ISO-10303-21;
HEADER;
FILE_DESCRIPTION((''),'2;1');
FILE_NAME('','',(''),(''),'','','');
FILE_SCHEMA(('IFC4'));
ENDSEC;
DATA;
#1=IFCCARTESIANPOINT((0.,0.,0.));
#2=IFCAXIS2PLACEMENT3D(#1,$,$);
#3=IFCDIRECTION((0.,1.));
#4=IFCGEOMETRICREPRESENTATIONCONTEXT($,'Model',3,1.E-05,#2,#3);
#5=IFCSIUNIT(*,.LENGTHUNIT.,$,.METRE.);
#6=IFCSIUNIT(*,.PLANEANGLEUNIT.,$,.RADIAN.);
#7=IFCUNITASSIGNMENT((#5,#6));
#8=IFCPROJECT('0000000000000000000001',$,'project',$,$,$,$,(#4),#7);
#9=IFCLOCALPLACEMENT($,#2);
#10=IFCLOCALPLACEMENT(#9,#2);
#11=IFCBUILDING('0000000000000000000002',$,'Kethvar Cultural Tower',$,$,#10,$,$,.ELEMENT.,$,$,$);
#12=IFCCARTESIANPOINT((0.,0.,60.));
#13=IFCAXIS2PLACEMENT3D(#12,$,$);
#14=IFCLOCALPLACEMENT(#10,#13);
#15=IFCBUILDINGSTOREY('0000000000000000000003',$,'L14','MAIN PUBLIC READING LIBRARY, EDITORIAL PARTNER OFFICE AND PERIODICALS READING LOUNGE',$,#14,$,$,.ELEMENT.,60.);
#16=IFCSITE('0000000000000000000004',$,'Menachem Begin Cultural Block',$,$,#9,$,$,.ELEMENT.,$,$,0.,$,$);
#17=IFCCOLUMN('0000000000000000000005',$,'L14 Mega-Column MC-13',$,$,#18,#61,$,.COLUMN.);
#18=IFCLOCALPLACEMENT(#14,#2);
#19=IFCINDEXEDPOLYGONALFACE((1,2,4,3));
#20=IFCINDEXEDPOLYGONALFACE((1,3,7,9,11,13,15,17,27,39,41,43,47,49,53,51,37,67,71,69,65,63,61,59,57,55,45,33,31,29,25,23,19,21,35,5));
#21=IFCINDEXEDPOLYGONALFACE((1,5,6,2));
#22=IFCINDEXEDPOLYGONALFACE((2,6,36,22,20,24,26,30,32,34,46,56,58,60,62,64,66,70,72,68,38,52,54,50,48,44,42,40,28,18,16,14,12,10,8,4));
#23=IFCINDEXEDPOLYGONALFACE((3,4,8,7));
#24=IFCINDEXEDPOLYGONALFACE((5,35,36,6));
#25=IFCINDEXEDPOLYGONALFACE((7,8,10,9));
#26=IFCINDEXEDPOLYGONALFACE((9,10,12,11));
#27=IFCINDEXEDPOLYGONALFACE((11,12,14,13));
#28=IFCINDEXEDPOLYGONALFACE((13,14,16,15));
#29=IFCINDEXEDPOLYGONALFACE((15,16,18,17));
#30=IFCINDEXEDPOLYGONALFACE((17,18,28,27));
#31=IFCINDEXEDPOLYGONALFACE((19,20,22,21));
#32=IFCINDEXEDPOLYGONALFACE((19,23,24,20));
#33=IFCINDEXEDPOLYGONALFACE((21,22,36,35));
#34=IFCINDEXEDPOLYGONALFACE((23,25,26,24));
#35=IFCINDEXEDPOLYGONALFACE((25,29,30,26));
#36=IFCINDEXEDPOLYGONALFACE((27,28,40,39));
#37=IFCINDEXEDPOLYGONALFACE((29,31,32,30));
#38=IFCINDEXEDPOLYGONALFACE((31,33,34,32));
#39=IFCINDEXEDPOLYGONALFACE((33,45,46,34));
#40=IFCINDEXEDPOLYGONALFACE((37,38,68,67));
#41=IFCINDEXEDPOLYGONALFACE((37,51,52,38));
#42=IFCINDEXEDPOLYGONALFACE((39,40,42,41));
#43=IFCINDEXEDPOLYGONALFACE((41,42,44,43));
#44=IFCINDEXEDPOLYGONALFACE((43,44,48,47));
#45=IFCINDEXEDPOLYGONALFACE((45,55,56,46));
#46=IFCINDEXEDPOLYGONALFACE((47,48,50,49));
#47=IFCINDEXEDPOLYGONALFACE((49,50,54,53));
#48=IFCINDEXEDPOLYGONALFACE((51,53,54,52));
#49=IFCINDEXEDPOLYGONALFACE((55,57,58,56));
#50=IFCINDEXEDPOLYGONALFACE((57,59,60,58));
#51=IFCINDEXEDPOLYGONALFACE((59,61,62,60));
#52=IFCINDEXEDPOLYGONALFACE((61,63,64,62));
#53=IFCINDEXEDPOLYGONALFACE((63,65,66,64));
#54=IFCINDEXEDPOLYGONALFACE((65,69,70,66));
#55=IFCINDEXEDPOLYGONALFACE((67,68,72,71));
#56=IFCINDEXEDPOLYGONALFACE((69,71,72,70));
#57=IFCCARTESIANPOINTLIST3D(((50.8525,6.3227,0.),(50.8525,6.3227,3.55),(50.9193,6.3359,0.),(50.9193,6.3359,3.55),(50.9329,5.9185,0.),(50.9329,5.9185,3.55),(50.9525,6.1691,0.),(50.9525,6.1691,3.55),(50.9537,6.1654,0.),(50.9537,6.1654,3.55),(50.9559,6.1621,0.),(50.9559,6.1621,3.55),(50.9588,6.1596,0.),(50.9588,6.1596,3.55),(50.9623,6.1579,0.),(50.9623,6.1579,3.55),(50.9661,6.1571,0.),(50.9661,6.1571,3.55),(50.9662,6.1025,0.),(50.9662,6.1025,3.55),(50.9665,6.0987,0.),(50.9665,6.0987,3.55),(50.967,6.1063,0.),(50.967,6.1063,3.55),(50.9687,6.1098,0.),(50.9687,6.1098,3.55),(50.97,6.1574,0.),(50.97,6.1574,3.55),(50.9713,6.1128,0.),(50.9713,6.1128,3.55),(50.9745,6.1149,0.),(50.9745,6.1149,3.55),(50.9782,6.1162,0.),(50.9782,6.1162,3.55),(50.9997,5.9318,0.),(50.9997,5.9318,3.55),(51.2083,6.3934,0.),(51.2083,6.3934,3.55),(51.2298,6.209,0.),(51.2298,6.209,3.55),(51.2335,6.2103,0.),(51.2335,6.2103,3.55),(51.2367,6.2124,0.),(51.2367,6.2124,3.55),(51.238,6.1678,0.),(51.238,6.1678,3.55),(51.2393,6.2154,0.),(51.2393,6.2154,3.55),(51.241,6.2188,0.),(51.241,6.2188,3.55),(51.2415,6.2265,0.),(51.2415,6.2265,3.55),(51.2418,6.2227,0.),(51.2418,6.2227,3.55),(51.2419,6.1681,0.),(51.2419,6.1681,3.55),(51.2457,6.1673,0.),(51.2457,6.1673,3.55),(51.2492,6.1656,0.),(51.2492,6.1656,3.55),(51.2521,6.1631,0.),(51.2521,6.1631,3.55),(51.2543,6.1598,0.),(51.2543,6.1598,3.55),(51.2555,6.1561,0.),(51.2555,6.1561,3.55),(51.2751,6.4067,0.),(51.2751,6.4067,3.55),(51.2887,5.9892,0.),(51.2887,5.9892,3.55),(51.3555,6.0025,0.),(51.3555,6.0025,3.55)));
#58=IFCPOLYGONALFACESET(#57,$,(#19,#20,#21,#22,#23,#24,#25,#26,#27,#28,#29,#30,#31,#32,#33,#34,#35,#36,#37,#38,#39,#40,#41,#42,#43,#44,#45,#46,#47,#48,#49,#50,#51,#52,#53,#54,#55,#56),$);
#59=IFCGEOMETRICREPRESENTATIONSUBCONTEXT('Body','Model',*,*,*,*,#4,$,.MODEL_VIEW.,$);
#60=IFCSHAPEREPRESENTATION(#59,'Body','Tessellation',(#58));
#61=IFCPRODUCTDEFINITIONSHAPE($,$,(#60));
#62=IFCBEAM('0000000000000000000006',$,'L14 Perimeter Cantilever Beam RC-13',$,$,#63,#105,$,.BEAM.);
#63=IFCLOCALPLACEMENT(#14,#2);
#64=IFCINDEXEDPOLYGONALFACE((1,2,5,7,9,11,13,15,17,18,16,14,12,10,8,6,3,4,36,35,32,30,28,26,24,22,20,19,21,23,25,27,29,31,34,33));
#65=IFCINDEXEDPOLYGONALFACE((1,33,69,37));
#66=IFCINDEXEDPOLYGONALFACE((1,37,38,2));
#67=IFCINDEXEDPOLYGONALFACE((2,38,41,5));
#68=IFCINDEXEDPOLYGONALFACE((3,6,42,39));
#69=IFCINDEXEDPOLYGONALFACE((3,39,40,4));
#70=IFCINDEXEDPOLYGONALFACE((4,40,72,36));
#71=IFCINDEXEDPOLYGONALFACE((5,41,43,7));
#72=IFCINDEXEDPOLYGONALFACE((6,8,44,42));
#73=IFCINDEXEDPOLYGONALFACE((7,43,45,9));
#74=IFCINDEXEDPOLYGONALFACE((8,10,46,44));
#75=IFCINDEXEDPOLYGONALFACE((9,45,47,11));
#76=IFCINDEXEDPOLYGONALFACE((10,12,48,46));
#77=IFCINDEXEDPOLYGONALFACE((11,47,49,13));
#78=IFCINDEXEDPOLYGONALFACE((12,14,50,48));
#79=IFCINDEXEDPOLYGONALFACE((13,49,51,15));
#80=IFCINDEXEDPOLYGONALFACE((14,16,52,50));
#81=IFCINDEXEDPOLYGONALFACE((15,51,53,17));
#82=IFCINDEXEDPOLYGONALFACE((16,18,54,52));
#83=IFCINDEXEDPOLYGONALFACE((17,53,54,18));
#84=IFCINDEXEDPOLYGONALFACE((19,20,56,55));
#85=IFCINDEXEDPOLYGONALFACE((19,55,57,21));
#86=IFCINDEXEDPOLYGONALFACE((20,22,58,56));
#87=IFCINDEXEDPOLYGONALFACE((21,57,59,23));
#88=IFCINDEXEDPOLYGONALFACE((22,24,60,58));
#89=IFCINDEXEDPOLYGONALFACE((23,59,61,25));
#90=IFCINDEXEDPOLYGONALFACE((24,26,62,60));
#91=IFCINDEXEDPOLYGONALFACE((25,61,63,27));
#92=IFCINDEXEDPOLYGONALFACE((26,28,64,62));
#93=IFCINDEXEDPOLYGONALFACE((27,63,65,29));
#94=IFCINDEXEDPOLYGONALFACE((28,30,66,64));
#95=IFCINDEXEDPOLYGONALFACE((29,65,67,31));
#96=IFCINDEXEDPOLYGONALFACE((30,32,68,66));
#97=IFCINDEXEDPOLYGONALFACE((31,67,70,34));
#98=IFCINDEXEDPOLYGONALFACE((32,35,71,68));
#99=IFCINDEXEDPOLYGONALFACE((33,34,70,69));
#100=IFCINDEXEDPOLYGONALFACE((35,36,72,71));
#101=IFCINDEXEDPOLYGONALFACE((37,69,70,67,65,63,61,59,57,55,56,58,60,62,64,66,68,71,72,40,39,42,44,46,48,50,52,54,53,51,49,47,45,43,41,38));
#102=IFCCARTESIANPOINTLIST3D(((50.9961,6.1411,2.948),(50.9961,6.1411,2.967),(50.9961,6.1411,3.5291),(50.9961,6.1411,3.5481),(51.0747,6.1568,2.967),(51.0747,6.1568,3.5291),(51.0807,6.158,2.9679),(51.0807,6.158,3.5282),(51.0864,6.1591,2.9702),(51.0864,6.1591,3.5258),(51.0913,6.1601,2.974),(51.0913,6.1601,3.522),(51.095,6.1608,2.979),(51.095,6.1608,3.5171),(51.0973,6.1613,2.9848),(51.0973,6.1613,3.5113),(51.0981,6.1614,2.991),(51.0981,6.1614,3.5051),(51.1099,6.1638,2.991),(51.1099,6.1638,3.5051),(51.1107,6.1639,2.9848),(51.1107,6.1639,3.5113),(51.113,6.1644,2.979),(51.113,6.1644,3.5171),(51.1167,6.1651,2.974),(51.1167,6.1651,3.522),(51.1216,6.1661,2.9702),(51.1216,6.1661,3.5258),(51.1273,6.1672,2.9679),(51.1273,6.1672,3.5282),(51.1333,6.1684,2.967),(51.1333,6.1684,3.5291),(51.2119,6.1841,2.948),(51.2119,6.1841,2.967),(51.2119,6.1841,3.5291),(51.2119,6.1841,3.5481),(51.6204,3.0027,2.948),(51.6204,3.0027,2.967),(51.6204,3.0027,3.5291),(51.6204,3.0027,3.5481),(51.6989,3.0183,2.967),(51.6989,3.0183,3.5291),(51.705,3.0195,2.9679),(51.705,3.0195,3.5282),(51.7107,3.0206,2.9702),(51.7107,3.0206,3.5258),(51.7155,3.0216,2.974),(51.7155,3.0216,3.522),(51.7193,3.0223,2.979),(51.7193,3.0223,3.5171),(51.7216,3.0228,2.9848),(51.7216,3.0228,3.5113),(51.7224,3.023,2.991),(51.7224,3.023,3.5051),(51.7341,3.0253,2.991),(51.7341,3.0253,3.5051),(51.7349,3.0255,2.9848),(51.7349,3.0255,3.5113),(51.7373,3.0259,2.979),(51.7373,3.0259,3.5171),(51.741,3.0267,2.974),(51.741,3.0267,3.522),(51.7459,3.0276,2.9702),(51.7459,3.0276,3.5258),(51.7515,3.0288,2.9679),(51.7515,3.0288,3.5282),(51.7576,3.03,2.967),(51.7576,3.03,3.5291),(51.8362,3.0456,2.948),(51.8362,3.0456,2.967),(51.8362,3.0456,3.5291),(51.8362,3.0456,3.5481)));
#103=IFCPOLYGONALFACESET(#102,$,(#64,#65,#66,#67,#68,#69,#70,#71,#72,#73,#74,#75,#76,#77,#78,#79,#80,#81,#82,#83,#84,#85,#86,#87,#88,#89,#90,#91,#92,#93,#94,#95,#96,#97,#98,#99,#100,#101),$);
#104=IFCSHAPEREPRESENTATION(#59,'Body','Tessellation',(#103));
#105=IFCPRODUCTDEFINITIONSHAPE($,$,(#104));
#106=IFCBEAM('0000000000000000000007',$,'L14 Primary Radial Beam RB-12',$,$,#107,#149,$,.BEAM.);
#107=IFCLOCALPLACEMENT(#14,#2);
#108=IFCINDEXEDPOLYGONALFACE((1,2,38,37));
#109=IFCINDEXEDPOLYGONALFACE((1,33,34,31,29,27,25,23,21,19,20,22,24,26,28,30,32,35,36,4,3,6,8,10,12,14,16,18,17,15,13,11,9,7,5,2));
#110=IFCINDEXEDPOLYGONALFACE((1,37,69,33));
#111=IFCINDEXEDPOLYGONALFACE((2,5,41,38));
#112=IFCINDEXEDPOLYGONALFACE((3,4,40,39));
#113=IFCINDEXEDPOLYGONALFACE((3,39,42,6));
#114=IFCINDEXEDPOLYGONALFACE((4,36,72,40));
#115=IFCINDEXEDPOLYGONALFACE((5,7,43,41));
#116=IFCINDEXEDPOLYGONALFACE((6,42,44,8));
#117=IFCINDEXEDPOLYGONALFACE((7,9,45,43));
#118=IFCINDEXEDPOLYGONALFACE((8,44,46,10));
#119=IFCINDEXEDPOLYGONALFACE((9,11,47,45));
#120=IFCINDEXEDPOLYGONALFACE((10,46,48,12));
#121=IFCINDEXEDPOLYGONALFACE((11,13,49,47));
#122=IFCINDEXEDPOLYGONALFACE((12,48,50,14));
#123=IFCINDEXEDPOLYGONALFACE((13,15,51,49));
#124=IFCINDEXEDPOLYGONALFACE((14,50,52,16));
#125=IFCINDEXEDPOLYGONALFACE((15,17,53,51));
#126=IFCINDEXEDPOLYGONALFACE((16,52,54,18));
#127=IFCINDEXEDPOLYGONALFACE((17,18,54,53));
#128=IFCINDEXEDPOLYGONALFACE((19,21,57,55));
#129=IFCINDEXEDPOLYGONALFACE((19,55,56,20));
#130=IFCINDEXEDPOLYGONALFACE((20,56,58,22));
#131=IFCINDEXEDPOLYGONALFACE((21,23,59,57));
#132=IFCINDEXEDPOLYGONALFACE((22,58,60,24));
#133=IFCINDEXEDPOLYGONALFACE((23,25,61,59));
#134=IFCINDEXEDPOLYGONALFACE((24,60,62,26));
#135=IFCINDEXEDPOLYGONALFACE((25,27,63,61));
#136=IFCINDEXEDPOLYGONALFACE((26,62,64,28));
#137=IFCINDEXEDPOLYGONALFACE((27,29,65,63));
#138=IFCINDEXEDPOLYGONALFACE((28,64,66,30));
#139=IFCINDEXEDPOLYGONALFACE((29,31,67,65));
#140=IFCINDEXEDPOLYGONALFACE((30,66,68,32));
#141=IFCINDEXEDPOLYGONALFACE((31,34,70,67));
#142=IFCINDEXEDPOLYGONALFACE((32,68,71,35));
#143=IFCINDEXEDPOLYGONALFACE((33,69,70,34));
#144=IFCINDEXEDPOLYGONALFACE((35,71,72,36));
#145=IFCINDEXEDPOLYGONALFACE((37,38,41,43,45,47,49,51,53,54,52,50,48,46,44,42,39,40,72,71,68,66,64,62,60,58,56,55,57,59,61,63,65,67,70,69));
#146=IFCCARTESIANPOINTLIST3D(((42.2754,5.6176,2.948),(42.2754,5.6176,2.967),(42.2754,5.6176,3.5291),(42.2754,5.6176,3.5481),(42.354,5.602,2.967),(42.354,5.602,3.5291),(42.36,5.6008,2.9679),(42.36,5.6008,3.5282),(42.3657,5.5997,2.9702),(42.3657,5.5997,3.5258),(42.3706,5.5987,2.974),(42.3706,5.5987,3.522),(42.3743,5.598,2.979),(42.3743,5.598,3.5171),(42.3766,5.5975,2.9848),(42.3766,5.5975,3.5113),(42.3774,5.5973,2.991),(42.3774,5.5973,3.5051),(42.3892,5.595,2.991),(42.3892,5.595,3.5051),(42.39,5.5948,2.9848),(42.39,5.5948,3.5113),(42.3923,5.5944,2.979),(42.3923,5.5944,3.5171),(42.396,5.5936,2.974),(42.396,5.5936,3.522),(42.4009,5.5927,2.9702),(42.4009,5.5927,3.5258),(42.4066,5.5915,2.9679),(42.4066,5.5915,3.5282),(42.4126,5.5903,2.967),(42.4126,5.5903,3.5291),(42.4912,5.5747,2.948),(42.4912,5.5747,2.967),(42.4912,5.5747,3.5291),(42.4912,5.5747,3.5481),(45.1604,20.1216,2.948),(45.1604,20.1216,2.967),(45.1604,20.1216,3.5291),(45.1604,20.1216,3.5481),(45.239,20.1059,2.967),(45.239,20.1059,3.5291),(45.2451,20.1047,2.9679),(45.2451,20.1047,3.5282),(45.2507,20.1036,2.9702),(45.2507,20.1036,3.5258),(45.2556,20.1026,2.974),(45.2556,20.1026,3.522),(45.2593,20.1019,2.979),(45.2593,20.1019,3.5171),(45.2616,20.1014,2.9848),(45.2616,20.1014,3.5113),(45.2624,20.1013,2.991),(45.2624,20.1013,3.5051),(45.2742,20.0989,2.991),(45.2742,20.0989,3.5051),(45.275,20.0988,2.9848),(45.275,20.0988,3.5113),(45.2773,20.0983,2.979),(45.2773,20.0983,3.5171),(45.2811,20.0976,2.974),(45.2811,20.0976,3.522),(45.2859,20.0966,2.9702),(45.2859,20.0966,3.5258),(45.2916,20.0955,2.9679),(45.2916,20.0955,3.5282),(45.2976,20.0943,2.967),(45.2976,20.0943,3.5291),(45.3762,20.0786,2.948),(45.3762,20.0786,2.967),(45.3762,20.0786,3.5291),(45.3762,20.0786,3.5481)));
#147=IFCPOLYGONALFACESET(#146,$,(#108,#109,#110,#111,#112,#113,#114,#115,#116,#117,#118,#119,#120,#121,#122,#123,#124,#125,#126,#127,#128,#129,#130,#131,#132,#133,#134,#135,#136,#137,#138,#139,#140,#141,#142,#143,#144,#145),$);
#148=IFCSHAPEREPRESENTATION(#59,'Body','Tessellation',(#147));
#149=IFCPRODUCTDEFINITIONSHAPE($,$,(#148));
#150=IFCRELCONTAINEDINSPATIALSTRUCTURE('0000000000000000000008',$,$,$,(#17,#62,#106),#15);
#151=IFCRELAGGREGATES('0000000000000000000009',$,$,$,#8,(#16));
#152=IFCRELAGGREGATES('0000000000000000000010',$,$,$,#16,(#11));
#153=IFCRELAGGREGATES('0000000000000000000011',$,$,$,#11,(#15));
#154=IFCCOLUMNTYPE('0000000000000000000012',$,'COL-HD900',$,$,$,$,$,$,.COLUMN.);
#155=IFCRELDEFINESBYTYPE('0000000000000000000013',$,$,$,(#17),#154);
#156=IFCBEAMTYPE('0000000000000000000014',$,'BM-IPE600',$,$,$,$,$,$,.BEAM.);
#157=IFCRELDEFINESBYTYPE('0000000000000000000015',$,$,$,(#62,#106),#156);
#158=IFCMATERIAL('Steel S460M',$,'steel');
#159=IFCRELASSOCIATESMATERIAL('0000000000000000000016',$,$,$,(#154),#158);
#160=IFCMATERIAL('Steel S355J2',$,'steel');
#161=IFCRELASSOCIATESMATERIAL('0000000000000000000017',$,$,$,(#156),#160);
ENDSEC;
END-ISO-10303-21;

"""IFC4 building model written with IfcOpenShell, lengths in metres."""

from ifc_helpers import new_model, si_unit, direction, frame, origin, origin_2d, place, context, subcontext, project, spatial, i_section, extrude, source, transform, mapped, material, material_profile, profile_set, type_object, element, save


model = new_model("IFC4")

# Units and contexts
model_context = context("Model", 3, precision=1e-05, world=origin(), true_north=direction((0.0, 1.0)))
body_context = subcontext(model_context, "Body", "Model", "MODEL_VIEW")
ifc_project = project(units=[si_unit("LENGTHUNIT", "METRE"), si_unit("PLANEANGLEUNIT", "RADIAN")], contexts=[model_context])

# Site, building, storey
site_placement = place(None, origin())
site = spatial("IfcSite", under=ifc_project, at=site_placement, Name="Menachem Begin Cultural Block", CompositionType="ELEMENT", RefElevation=0.0)
building_placement = place(site_placement, origin())
building = spatial("IfcBuilding", under=site, at=building_placement, Name="Kethvar Cultural Tower", CompositionType="ELEMENT")
storey_placement = place(building_placement, frame((0.0, 0.0, 60.0)))
storey = spatial("IfcBuildingStorey", under=building, at=storey_placement, Name="L14", Description="MAIN PUBLIC READING LIBRARY, EDITORIAL PARTNER OFFICE AND PERIODICALS READING LOUNGE", CompositionType="ELEMENT", Elevation=60.0)

# Column
ifc_material_1 = material(Name="Steel S460M", Category="steel")
ifc_material_profile_1 = material_profile(ifc_material_1, i_section(OverallWidth=0.4121, OverallDepth=0.4309, WebThickness=0.042, FlangeThickness=0.0681, FilletRadius=0.0149, at=origin_2d()), Name="Steel S460M — HD400x900")
ifc_profile_set_1 = profile_set([ifc_material_profile_1], Name="Steel S460M — HD400x900")
column_type = type_object("IfcColumnType", Name="COL-HD900", PredefinedType="COLUMN", material=ifc_profile_set_1)
shared_shape_1 = source(origin(), body_context, "Body", "SweptSolid", [
    extrude(i_section(OverallWidth=0.4121, OverallDepth=0.4309, WebThickness=0.042, FlangeThickness=0.0681, FilletRadius=0.0149, at=origin_2d()), origin(), (0.0, 0.0, 1.0), 3.55),
])
column_placement = place(storey_placement, frame((51.104, 6.1626, 0.0), z_axis=(0.0, 0.0, 1.0), x_axis=(0.19509, -0.980785, 0.0)))
element("IfcColumn", 1, at=column_placement, inside=storey, type_object=column_type, Name="L14 Mega-Column MC-13", PredefinedType="COLUMN", context=body_context, shape_type="MappedRepresentation", body=[
    mapped(shared_shape_1, transform((0.0, 0.0, 0.0), scale=1.0)),
])

# Beams
ifc_material_2 = material(Name="Steel S355J2", Category="steel")
ifc_material_profile_2 = material_profile(ifc_material_2, i_section(OverallWidth=0.22, OverallDepth=0.6001, WebThickness=0.012, FlangeThickness=0.019, FilletRadius=0.0239, at=origin_2d()), Name="Steel S355J2 — IPE600")
ifc_profile_set_2 = profile_set([ifc_material_profile_2], Name="Steel S355J2 — IPE600")
beam_type_1 = type_object("IfcBeamType", Name="BM-IPE600", PredefinedType="BEAM", material=ifc_profile_set_2)
shared_shape_2 = source(origin(), body_context, "Body", "SweptSolid", [
    extrude(i_section(OverallWidth=0.22, OverallDepth=0.6001, WebThickness=0.012, FlangeThickness=0.019, FilletRadius=0.0239, at=origin_2d()), origin(), (0.0, 0.0, 1.0), 3.2),
])
beam_1_placement = place(storey_placement, frame((51.104, 6.1626, 3.248), z_axis=(0.195089, -0.980786, 0.0), x_axis=(0.980786, 0.195089, 0.0)))
element("IfcBeam", 2, at=beam_1_placement, inside=storey, type_object=beam_type_1, Name="L14 Perimeter Cantilever Beam RC-13", PredefinedType="BEAM", context=body_context, shape_type="MappedRepresentation", body=[
    mapped(shared_shape_2, transform((0.0, 0.0, 0.0), scale=1.0)),
])
shared_shape_3 = source(origin(), body_context, "Body", "SweptSolid", [
    extrude(i_section(OverallWidth=0.22, OverallDepth=0.6001, WebThickness=0.012, FlangeThickness=0.019, FilletRadius=0.0239, at=origin_2d()), origin(), (0.0, 0.0, 1.0), 14.7881),
])
beam_2_placement = place(storey_placement, frame((45.2683, 20.1001, 3.248), z_axis=(-0.195091, -0.980785, 0.0), x_axis=(0.980785, -0.195091, 0.0)))
element("IfcBeam", 3, at=beam_2_placement, inside=storey, type_object=beam_type_1, Name="L14 Primary Radial Beam RB-12", PredefinedType="BEAM", context=body_context, shape_type="MappedRepresentation", body=[
    mapped(shared_shape_3, transform((0.0, 0.0, 0.0), scale=1.0)),
])

save(model, "model.ifc")
